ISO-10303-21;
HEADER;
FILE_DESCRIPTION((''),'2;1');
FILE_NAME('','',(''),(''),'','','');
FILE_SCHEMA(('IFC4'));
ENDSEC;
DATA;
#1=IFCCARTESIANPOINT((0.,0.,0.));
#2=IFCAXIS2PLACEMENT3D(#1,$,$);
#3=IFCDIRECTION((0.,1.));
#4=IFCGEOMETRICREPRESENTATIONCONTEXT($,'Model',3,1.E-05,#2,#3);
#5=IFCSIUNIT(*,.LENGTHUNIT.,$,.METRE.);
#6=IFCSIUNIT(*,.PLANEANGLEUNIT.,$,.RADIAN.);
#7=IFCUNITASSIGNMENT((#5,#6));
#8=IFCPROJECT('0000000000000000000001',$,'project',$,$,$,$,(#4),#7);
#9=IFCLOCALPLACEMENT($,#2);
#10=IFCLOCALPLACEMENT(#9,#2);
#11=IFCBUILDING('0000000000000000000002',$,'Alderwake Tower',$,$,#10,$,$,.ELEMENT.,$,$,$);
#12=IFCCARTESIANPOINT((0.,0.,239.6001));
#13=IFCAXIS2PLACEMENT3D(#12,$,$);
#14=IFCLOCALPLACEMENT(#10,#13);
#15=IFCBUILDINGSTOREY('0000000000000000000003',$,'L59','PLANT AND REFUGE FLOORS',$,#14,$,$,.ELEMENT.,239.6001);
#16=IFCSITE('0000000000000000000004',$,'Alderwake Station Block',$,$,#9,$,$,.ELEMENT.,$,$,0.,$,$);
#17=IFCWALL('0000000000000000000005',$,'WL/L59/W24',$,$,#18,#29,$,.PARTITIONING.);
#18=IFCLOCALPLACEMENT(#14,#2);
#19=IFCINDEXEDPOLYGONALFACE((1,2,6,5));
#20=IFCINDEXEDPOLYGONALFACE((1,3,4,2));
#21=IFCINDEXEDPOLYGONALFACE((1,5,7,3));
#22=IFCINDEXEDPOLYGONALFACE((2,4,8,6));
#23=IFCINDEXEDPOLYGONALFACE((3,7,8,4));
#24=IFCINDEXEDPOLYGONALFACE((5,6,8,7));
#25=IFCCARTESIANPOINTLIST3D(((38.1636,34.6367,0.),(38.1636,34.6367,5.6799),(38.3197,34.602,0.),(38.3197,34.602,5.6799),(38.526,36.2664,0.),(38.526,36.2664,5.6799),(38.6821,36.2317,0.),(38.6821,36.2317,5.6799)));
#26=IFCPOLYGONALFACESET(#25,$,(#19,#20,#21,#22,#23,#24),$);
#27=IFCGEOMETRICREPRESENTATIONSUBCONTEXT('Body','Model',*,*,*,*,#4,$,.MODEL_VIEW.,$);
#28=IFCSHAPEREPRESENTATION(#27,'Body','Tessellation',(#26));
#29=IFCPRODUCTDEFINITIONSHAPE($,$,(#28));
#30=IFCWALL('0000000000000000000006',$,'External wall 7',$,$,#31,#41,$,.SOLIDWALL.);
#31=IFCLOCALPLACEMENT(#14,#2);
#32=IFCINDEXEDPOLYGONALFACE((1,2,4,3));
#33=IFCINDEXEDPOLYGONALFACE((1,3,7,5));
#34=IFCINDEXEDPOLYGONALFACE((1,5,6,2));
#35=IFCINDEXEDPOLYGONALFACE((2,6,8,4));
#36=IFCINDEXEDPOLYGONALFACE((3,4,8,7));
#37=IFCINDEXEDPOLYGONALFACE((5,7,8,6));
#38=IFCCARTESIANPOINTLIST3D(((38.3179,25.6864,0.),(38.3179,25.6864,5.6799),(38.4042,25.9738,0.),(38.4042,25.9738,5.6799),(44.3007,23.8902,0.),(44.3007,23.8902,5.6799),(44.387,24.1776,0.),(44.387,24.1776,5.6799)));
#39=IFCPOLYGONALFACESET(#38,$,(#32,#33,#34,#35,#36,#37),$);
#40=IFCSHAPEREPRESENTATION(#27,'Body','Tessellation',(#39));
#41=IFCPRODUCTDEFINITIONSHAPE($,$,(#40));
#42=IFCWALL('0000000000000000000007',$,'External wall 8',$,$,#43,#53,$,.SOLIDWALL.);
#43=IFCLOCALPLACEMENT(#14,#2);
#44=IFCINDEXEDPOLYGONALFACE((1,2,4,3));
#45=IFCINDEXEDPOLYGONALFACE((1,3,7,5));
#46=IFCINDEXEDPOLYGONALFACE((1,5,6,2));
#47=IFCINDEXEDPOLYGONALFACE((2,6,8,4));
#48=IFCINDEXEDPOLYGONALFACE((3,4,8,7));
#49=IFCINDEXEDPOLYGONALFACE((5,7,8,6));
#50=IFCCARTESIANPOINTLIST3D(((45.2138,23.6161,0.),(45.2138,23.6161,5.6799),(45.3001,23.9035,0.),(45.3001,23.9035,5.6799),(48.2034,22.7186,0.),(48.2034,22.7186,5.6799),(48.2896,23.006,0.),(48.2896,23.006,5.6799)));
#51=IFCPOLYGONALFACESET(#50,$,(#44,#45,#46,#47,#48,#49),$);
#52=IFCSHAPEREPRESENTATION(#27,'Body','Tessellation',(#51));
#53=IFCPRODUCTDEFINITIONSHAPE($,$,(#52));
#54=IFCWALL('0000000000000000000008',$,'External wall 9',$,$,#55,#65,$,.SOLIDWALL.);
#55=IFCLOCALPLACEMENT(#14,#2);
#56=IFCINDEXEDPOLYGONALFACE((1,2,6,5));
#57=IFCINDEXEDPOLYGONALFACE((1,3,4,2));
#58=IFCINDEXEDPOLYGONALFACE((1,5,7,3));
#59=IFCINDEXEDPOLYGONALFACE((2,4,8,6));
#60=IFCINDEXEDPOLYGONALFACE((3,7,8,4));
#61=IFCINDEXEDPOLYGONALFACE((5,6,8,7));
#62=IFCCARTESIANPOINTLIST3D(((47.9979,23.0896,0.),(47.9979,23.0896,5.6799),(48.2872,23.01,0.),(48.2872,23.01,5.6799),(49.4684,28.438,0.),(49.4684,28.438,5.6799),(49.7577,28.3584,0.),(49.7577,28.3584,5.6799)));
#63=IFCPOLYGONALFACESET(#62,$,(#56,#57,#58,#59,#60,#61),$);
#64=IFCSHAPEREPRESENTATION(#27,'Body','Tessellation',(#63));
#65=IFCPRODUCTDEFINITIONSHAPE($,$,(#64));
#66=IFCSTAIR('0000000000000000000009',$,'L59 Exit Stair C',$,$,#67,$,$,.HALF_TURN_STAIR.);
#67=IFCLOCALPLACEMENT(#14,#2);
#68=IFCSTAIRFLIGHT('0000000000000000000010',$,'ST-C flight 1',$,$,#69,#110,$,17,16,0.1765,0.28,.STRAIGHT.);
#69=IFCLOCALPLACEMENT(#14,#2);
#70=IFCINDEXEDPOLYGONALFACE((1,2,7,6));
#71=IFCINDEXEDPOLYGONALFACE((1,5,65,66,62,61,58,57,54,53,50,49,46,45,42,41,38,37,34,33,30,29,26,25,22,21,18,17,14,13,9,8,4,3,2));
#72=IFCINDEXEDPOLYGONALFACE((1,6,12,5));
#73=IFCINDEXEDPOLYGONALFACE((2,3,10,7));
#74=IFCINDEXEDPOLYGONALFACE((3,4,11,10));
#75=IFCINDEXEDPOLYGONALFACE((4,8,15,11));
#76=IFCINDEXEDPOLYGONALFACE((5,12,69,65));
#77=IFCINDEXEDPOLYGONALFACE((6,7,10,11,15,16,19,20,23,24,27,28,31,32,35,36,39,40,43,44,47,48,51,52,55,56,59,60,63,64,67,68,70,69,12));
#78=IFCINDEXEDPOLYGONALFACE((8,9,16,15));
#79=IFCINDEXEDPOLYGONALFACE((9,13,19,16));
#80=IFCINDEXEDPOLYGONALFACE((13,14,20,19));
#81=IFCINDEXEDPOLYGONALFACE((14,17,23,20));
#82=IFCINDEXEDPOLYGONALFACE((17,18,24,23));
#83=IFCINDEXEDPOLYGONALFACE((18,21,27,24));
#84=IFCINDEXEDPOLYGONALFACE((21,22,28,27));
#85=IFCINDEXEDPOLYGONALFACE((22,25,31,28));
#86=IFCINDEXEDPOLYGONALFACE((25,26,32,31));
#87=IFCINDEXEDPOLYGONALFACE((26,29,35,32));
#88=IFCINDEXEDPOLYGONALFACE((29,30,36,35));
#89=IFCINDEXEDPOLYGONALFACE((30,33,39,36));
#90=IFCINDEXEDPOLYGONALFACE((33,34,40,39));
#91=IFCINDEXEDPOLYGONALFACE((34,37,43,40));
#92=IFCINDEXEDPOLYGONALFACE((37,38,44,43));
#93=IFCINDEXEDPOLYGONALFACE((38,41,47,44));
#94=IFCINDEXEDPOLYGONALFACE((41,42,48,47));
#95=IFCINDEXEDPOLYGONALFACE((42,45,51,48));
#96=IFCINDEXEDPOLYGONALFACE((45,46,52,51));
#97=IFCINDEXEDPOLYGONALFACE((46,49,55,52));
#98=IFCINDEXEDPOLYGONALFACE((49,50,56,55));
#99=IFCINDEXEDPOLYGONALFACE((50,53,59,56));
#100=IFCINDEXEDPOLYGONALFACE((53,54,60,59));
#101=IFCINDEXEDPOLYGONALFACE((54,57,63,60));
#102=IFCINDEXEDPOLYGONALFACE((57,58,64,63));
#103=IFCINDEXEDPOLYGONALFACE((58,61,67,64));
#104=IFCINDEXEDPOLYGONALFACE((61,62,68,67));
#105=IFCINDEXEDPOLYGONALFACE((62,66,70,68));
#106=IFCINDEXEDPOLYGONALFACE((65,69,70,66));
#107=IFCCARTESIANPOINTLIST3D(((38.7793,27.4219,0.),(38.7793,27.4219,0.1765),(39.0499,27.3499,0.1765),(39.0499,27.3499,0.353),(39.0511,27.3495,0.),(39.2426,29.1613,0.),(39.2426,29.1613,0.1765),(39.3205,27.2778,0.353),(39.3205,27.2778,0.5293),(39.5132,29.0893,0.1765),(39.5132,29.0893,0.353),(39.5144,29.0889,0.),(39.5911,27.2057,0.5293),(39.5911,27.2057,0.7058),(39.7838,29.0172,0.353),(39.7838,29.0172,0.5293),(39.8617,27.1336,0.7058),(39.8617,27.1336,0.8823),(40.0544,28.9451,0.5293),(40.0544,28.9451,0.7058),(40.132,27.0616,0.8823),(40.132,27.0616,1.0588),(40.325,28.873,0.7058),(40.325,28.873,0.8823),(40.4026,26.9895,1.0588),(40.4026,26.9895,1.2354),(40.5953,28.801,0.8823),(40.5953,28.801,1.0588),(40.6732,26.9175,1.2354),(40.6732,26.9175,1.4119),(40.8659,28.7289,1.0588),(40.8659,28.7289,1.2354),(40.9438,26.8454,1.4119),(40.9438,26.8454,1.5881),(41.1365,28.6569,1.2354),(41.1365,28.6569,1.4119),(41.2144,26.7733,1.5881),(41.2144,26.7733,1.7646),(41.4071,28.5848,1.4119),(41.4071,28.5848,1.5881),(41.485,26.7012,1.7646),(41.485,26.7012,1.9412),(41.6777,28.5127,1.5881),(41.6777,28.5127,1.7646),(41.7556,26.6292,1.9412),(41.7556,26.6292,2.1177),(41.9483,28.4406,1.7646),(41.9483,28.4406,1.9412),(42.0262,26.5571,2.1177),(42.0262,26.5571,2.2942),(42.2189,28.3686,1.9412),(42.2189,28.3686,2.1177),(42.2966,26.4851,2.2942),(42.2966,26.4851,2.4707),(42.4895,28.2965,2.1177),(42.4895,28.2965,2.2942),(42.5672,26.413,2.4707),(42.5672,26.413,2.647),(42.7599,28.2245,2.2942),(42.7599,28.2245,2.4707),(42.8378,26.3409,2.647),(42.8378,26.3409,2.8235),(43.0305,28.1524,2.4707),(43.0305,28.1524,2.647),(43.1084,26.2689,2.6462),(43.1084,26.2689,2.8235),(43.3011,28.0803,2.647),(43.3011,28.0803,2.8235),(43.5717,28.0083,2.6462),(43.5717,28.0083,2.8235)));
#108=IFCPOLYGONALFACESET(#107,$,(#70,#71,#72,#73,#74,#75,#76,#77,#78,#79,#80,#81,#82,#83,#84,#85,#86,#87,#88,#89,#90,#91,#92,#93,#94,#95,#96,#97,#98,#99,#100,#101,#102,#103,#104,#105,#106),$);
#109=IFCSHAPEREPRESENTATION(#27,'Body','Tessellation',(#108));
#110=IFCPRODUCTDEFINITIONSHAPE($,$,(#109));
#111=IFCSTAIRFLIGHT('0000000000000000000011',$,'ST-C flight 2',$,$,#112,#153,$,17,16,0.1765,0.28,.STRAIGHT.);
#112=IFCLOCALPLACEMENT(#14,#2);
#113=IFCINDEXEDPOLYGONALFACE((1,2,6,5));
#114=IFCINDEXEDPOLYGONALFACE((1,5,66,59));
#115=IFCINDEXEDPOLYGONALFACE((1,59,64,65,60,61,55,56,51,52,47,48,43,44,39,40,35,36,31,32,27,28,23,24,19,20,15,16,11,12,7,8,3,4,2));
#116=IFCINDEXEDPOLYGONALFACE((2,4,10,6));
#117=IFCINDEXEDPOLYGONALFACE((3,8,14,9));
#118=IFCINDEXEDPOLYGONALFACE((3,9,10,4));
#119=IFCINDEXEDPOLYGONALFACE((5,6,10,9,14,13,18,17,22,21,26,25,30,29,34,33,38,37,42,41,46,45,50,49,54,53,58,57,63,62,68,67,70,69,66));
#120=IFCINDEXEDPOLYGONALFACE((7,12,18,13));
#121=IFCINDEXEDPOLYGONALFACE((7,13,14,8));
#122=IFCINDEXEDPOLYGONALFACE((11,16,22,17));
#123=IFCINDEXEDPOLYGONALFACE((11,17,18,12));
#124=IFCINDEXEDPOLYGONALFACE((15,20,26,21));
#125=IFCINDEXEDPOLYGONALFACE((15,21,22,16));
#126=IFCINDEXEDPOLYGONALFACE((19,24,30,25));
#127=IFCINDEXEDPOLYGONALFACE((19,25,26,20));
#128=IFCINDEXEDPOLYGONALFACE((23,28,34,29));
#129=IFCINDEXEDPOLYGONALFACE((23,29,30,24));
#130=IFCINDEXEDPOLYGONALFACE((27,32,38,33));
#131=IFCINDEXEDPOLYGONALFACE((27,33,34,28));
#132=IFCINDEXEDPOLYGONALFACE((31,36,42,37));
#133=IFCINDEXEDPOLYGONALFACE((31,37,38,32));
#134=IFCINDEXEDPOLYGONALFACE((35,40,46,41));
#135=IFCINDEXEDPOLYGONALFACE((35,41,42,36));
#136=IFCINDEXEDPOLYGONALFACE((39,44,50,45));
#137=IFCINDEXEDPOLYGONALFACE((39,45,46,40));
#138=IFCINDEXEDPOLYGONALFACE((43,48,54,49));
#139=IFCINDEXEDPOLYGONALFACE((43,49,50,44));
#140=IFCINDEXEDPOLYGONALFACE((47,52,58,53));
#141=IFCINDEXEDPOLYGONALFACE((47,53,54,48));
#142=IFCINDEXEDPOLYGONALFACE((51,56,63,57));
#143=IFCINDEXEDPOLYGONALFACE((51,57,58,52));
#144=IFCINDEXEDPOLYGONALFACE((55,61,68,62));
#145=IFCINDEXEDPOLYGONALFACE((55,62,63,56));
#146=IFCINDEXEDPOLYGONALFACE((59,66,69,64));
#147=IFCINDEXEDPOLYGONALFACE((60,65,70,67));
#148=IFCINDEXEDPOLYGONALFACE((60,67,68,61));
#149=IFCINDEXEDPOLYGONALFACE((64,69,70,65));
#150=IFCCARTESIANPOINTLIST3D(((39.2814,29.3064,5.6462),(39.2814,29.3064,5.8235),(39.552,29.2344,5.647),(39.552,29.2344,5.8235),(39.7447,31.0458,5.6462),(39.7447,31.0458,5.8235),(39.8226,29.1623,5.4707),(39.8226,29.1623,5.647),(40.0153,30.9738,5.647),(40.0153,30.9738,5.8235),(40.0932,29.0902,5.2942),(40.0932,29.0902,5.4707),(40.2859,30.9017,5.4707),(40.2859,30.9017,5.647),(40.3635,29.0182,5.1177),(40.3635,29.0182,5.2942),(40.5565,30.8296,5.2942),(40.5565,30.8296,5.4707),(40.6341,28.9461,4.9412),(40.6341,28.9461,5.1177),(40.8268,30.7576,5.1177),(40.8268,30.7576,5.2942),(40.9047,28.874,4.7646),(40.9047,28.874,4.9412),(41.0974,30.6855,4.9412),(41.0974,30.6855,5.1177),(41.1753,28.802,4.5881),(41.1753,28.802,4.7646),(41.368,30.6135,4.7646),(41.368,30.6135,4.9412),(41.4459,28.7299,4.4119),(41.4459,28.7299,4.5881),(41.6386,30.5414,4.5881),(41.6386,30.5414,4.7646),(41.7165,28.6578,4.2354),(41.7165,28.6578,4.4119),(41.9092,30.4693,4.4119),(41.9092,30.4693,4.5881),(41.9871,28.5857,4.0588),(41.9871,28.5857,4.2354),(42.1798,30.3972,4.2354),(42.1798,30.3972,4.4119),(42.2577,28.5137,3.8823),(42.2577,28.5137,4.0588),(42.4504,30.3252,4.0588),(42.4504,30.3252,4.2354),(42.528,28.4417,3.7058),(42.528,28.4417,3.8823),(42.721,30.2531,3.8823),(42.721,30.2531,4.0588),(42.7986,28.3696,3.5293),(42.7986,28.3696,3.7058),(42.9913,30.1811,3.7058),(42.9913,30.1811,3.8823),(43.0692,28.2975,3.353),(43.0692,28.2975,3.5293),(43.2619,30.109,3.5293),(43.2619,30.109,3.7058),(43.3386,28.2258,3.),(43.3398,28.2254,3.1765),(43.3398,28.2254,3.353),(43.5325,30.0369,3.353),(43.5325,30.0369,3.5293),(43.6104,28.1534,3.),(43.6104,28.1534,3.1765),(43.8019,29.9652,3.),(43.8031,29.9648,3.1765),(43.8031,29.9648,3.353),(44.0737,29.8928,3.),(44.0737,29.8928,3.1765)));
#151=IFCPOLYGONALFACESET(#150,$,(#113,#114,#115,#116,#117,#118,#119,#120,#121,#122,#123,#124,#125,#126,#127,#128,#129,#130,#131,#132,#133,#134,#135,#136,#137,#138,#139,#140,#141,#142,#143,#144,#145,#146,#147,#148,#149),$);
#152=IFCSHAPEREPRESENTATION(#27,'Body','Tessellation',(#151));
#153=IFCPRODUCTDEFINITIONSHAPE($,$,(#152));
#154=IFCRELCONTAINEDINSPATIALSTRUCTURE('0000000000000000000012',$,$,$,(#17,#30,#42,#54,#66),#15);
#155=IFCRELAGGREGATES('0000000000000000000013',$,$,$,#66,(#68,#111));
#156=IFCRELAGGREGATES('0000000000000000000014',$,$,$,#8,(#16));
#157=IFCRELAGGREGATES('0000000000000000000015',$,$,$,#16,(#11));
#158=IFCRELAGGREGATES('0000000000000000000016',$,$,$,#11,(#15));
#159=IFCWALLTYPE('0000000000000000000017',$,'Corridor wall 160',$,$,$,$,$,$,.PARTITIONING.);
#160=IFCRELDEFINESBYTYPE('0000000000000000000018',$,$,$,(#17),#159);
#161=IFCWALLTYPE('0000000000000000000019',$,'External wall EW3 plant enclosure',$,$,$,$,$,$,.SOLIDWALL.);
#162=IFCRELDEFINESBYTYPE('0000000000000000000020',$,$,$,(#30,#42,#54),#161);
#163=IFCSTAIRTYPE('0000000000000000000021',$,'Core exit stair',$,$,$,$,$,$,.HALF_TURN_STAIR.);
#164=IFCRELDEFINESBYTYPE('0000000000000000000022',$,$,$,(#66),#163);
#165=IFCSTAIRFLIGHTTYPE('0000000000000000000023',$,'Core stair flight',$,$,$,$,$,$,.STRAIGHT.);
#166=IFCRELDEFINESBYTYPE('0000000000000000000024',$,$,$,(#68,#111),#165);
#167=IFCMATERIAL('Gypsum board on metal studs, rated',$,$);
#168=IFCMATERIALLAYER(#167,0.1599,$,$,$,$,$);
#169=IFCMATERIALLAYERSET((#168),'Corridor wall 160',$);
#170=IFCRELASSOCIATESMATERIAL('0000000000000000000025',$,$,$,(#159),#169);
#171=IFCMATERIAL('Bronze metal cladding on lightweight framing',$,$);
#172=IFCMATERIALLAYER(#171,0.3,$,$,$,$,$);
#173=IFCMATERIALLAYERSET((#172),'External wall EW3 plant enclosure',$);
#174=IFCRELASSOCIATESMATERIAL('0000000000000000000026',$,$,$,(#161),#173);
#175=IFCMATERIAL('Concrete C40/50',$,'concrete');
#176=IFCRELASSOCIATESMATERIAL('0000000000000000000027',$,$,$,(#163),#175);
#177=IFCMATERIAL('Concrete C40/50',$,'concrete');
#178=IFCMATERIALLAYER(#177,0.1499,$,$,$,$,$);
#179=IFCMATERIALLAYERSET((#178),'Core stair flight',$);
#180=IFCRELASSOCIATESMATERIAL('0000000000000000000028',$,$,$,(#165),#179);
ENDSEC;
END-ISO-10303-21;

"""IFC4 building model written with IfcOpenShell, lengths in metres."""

from ifc_helpers import new_model, si_unit, direction, frame, frame_2d, origin, place, context, subcontext, project, spatial, polyline, rectangle, outline, extrude, material, layer, layer_set, type_object, element, aggregate, save


model = new_model("IFC4")

# Units and contexts
model_context = context("Model", 3, precision=1e-05, world=origin(), true_north=direction((0.0, 1.0)))
body_context = subcontext(model_context, "Body", "Model", "MODEL_VIEW")
ifc_project = project(units=[si_unit("LENGTHUNIT", "METRE"), si_unit("PLANEANGLEUNIT", "RADIAN")], contexts=[model_context])

# Site, building, storey
site_placement = place(None, origin())
site = spatial("IfcSite", under=ifc_project, at=site_placement, Name="Alderwake Station Block", CompositionType="ELEMENT", RefElevation=0.0)
building_placement = place(site_placement, origin())
building = spatial("IfcBuilding", under=site, at=building_placement, Name="Alderwake Tower", CompositionType="ELEMENT")
storey_placement = place(building_placement, frame((0.0, 0.0, 239.6001)))
storey = spatial("IfcBuildingStorey", under=building, at=storey_placement, Name="L59", Description="PLANT AND REFUGE FLOORS", CompositionType="ELEMENT", Elevation=239.6001)

# Walls
ifc_material_1 = material(Name="Gypsum board on metal studs, rated")
ifc_layer_1 = layer(ifc_material_1, 0.1599)
ifc_layer_set_1 = layer_set([ifc_layer_1], Name="Corridor wall 160")
wall_type_1 = type_object("IfcWallType", Name="Corridor wall 160", PredefinedType="PARTITIONING", material=ifc_layer_set_1)
wall_1_placement = place(storey_placement, frame((38.2417, 34.6194, 0.0), z_axis=(0.0, 0.0, 1.0), x_axis=(0.217023, 0.976166, 0.0)))
element("IfcWall", 1, at=wall_1_placement, inside=storey, type_object=wall_type_1, Name="WL/L59/W24", PredefinedType="PARTITIONING", context=body_context, shape_type="SweptSolid", body=[
    extrude(rectangle(XDim=1.6694, YDim=0.1599, at=frame_2d((0.8347, 0.0))), origin(), (0.0, 0.0, 1.0), 5.6799),
])
ifc_material_2 = material(Name="Bronze metal cladding on lightweight framing")
ifc_layer_2 = layer(ifc_material_2, 0.3)
ifc_layer_set_2 = layer_set([ifc_layer_2], Name="External wall EW3 plant enclosure")
wall_type_2 = type_object("IfcWallType", Name="External wall EW3 plant enclosure", PredefinedType="SOLIDWALL", material=ifc_layer_set_2)
wall_2_placement = place(storey_placement, frame((38.3611, 25.8301, 0.0), z_axis=(0.0, 0.0, 1.0), x_axis=(0.957767, -0.287545, 0.0)))
element("IfcWall", 2, at=wall_2_placement, inside=storey, type_object=wall_type_2, Name="External wall 7", PredefinedType="SOLIDWALL", context=body_context, shape_type="SweptSolid", body=[
    extrude(rectangle(XDim=6.2466, YDim=0.3, at=frame_2d((3.1233, 0.0))), origin(), (0.0, 0.0, 1.0), 5.6799),
])
wall_3_placement = place(storey_placement, frame((45.2571, 23.7598, 0.0), z_axis=(0.0, 0.0, 1.0), x_axis=(0.957772, -0.287527, 0.0)))
element("IfcWall", 3, at=wall_3_placement, inside=storey, type_object=wall_type_2, Name="External wall 8", PredefinedType="SOLIDWALL", context=body_context, shape_type="SweptSolid", body=[
    extrude(rectangle(XDim=3.1213, YDim=0.3, at=frame_2d((1.5605, 0.0))), origin(), (0.0, 0.0, 1.0), 5.6799),
])
wall_4_placement = place(storey_placement, frame((48.1426, 23.0498, 0.0), z_axis=(0.0, 0.0, 1.0), x_axis=(0.265098, 0.964221, 0.0)))
element("IfcWall", 4, at=wall_4_placement, inside=storey, type_object=wall_type_2, Name="External wall 9", PredefinedType="SOLIDWALL", context=body_context, shape_type="SweptSolid", body=[
    extrude(rectangle(XDim=5.5469, YDim=0.3, at=frame_2d((2.7734, 0.0))), origin(), (0.0, 0.0, 1.0), 5.6799),
])

# Stair, stair flights
ifc_material_3 = material(Name="Concrete C40/50", Category="concrete")
stair_type = type_object("IfcStairType", Name="Core exit stair", PredefinedType="HALF_TURN_STAIR", material=ifc_material_3)
stair_placement = place(storey_placement, origin())
stair = element("IfcStair", 5, at=stair_placement, inside=storey, type_object=stair_type, Name="L59 Exit Stair C", PredefinedType="HALF_TURN_STAIR")
ifc_material_4 = material(Name="Concrete C40/50", Category="concrete")
ifc_layer_3 = layer(ifc_material_4, 0.1499)
ifc_layer_set_3 = layer_set([ifc_layer_3], Name="Core stair flight")
stair_flight_type = type_object("IfcStairFlightType", Name="Core stair flight", PredefinedType="STRAIGHT", material=ifc_layer_set_3)
stair_flight_1_placement = place(storey_placement, frame((39.011, 28.2917, 0.0), z_axis=(0.0, 0.0, 1.0), x_axis=(0.96631, -0.257382, 0.0)))
stair_flight_1 = element("IfcStairFlight", 6, at=stair_flight_1_placement, type_object=stair_flight_type, Name="ST-C flight 1", NumberOfRisers=17, NumberOfTreads=16, PredefinedType="STRAIGHT", RiserHeight=0.1765, TreadLength=0.28, context=body_context, shape_type="SweptSolid", body=[
    extrude(outline(polyline([(0.0, 0.0), (0.0, 0.1765), (0.28, 0.1765), (0.28, 0.353), (0.5601, 0.353), (0.5601, 0.5293), (0.8401, 0.5293), (0.8401, 0.7058), (1.1201, 0.7058), (1.1201, 0.8823), (1.3999, 0.8823), (1.3999, 1.0588), (1.6799, 1.0588), (1.6799, 1.2354), (1.96, 1.2354), (1.96, 1.4119), (2.24, 1.4119), (2.24, 1.5881), (2.52, 1.5881), (2.52, 1.7646), (2.8, 1.7646), (2.8, 1.9412), (3.0801, 1.9412), (3.0801, 2.1177), (3.3601, 2.1177), (3.3601, 2.2942), (3.6399, 2.2942), (3.6399, 2.4707), (3.9199, 2.4707), (3.9199, 2.647), (4.2, 2.647), (4.2, 2.8235), (4.48, 2.8235), (4.48, 3.0), (4.48, 2.6462), (0.2812, 0.0), (0.0, 0.0)])), frame((0.0, 0.8999, 0.0), z_axis=(0.0, -1.0, 0.0), x_axis=(1.0, 0.0, 0.0)), (0.0, 0.0, 1.0), 1.8),
])
stair_flight_2_placement = place(storey_placement, frame((43.842, 29.0229, 3.0), z_axis=(0.0, 0.0, 1.0), x_axis=(-0.96631, 0.257382, 0.0)))
stair_flight_2 = element("IfcStairFlight", 7, at=stair_flight_2_placement, type_object=stair_flight_type, Name="ST-C flight 2", NumberOfRisers=17, NumberOfTreads=16, PredefinedType="STRAIGHT", RiserHeight=0.1765, TreadLength=0.28, context=body_context, shape_type="SweptSolid", body=[
    extrude(outline(polyline([(0.0, 0.0), (0.0, 0.1765), (0.28, 0.1765), (0.28, 0.353), (0.5601, 0.353), (0.5601, 0.5293), (0.8401, 0.5293), (0.8401, 0.7058), (1.1201, 0.7058), (1.1201, 0.8823), (1.3999, 0.8823), (1.3999, 1.0588), (1.6799, 1.0588), (1.6799, 1.2354), (1.96, 1.2354), (1.96, 1.4119), (2.24, 1.4119), (2.24, 1.5881), (2.52, 1.5881), (2.52, 1.7646), (2.8, 1.7646), (2.8, 1.9412), (3.0801, 1.9412), (3.0801, 2.1177), (3.3601, 2.1177), (3.3601, 2.2942), (3.6399, 2.2942), (3.6399, 2.4707), (3.9199, 2.4707), (3.9199, 2.647), (4.2, 2.647), (4.2, 2.8235), (4.48, 2.8235), (4.48, 3.0), (4.48, 2.6462), (0.2812, 0.0), (0.0, 0.0)])), frame((0.0, 0.8999, 0.0), z_axis=(0.0, -1.0, 0.0), x_axis=(1.0, 0.0, 0.0)), (0.0, 0.0, 1.0), 1.8),
])
aggregate(stair, [stair_flight_1, stair_flight_2])

save(model, "model.ifc")
